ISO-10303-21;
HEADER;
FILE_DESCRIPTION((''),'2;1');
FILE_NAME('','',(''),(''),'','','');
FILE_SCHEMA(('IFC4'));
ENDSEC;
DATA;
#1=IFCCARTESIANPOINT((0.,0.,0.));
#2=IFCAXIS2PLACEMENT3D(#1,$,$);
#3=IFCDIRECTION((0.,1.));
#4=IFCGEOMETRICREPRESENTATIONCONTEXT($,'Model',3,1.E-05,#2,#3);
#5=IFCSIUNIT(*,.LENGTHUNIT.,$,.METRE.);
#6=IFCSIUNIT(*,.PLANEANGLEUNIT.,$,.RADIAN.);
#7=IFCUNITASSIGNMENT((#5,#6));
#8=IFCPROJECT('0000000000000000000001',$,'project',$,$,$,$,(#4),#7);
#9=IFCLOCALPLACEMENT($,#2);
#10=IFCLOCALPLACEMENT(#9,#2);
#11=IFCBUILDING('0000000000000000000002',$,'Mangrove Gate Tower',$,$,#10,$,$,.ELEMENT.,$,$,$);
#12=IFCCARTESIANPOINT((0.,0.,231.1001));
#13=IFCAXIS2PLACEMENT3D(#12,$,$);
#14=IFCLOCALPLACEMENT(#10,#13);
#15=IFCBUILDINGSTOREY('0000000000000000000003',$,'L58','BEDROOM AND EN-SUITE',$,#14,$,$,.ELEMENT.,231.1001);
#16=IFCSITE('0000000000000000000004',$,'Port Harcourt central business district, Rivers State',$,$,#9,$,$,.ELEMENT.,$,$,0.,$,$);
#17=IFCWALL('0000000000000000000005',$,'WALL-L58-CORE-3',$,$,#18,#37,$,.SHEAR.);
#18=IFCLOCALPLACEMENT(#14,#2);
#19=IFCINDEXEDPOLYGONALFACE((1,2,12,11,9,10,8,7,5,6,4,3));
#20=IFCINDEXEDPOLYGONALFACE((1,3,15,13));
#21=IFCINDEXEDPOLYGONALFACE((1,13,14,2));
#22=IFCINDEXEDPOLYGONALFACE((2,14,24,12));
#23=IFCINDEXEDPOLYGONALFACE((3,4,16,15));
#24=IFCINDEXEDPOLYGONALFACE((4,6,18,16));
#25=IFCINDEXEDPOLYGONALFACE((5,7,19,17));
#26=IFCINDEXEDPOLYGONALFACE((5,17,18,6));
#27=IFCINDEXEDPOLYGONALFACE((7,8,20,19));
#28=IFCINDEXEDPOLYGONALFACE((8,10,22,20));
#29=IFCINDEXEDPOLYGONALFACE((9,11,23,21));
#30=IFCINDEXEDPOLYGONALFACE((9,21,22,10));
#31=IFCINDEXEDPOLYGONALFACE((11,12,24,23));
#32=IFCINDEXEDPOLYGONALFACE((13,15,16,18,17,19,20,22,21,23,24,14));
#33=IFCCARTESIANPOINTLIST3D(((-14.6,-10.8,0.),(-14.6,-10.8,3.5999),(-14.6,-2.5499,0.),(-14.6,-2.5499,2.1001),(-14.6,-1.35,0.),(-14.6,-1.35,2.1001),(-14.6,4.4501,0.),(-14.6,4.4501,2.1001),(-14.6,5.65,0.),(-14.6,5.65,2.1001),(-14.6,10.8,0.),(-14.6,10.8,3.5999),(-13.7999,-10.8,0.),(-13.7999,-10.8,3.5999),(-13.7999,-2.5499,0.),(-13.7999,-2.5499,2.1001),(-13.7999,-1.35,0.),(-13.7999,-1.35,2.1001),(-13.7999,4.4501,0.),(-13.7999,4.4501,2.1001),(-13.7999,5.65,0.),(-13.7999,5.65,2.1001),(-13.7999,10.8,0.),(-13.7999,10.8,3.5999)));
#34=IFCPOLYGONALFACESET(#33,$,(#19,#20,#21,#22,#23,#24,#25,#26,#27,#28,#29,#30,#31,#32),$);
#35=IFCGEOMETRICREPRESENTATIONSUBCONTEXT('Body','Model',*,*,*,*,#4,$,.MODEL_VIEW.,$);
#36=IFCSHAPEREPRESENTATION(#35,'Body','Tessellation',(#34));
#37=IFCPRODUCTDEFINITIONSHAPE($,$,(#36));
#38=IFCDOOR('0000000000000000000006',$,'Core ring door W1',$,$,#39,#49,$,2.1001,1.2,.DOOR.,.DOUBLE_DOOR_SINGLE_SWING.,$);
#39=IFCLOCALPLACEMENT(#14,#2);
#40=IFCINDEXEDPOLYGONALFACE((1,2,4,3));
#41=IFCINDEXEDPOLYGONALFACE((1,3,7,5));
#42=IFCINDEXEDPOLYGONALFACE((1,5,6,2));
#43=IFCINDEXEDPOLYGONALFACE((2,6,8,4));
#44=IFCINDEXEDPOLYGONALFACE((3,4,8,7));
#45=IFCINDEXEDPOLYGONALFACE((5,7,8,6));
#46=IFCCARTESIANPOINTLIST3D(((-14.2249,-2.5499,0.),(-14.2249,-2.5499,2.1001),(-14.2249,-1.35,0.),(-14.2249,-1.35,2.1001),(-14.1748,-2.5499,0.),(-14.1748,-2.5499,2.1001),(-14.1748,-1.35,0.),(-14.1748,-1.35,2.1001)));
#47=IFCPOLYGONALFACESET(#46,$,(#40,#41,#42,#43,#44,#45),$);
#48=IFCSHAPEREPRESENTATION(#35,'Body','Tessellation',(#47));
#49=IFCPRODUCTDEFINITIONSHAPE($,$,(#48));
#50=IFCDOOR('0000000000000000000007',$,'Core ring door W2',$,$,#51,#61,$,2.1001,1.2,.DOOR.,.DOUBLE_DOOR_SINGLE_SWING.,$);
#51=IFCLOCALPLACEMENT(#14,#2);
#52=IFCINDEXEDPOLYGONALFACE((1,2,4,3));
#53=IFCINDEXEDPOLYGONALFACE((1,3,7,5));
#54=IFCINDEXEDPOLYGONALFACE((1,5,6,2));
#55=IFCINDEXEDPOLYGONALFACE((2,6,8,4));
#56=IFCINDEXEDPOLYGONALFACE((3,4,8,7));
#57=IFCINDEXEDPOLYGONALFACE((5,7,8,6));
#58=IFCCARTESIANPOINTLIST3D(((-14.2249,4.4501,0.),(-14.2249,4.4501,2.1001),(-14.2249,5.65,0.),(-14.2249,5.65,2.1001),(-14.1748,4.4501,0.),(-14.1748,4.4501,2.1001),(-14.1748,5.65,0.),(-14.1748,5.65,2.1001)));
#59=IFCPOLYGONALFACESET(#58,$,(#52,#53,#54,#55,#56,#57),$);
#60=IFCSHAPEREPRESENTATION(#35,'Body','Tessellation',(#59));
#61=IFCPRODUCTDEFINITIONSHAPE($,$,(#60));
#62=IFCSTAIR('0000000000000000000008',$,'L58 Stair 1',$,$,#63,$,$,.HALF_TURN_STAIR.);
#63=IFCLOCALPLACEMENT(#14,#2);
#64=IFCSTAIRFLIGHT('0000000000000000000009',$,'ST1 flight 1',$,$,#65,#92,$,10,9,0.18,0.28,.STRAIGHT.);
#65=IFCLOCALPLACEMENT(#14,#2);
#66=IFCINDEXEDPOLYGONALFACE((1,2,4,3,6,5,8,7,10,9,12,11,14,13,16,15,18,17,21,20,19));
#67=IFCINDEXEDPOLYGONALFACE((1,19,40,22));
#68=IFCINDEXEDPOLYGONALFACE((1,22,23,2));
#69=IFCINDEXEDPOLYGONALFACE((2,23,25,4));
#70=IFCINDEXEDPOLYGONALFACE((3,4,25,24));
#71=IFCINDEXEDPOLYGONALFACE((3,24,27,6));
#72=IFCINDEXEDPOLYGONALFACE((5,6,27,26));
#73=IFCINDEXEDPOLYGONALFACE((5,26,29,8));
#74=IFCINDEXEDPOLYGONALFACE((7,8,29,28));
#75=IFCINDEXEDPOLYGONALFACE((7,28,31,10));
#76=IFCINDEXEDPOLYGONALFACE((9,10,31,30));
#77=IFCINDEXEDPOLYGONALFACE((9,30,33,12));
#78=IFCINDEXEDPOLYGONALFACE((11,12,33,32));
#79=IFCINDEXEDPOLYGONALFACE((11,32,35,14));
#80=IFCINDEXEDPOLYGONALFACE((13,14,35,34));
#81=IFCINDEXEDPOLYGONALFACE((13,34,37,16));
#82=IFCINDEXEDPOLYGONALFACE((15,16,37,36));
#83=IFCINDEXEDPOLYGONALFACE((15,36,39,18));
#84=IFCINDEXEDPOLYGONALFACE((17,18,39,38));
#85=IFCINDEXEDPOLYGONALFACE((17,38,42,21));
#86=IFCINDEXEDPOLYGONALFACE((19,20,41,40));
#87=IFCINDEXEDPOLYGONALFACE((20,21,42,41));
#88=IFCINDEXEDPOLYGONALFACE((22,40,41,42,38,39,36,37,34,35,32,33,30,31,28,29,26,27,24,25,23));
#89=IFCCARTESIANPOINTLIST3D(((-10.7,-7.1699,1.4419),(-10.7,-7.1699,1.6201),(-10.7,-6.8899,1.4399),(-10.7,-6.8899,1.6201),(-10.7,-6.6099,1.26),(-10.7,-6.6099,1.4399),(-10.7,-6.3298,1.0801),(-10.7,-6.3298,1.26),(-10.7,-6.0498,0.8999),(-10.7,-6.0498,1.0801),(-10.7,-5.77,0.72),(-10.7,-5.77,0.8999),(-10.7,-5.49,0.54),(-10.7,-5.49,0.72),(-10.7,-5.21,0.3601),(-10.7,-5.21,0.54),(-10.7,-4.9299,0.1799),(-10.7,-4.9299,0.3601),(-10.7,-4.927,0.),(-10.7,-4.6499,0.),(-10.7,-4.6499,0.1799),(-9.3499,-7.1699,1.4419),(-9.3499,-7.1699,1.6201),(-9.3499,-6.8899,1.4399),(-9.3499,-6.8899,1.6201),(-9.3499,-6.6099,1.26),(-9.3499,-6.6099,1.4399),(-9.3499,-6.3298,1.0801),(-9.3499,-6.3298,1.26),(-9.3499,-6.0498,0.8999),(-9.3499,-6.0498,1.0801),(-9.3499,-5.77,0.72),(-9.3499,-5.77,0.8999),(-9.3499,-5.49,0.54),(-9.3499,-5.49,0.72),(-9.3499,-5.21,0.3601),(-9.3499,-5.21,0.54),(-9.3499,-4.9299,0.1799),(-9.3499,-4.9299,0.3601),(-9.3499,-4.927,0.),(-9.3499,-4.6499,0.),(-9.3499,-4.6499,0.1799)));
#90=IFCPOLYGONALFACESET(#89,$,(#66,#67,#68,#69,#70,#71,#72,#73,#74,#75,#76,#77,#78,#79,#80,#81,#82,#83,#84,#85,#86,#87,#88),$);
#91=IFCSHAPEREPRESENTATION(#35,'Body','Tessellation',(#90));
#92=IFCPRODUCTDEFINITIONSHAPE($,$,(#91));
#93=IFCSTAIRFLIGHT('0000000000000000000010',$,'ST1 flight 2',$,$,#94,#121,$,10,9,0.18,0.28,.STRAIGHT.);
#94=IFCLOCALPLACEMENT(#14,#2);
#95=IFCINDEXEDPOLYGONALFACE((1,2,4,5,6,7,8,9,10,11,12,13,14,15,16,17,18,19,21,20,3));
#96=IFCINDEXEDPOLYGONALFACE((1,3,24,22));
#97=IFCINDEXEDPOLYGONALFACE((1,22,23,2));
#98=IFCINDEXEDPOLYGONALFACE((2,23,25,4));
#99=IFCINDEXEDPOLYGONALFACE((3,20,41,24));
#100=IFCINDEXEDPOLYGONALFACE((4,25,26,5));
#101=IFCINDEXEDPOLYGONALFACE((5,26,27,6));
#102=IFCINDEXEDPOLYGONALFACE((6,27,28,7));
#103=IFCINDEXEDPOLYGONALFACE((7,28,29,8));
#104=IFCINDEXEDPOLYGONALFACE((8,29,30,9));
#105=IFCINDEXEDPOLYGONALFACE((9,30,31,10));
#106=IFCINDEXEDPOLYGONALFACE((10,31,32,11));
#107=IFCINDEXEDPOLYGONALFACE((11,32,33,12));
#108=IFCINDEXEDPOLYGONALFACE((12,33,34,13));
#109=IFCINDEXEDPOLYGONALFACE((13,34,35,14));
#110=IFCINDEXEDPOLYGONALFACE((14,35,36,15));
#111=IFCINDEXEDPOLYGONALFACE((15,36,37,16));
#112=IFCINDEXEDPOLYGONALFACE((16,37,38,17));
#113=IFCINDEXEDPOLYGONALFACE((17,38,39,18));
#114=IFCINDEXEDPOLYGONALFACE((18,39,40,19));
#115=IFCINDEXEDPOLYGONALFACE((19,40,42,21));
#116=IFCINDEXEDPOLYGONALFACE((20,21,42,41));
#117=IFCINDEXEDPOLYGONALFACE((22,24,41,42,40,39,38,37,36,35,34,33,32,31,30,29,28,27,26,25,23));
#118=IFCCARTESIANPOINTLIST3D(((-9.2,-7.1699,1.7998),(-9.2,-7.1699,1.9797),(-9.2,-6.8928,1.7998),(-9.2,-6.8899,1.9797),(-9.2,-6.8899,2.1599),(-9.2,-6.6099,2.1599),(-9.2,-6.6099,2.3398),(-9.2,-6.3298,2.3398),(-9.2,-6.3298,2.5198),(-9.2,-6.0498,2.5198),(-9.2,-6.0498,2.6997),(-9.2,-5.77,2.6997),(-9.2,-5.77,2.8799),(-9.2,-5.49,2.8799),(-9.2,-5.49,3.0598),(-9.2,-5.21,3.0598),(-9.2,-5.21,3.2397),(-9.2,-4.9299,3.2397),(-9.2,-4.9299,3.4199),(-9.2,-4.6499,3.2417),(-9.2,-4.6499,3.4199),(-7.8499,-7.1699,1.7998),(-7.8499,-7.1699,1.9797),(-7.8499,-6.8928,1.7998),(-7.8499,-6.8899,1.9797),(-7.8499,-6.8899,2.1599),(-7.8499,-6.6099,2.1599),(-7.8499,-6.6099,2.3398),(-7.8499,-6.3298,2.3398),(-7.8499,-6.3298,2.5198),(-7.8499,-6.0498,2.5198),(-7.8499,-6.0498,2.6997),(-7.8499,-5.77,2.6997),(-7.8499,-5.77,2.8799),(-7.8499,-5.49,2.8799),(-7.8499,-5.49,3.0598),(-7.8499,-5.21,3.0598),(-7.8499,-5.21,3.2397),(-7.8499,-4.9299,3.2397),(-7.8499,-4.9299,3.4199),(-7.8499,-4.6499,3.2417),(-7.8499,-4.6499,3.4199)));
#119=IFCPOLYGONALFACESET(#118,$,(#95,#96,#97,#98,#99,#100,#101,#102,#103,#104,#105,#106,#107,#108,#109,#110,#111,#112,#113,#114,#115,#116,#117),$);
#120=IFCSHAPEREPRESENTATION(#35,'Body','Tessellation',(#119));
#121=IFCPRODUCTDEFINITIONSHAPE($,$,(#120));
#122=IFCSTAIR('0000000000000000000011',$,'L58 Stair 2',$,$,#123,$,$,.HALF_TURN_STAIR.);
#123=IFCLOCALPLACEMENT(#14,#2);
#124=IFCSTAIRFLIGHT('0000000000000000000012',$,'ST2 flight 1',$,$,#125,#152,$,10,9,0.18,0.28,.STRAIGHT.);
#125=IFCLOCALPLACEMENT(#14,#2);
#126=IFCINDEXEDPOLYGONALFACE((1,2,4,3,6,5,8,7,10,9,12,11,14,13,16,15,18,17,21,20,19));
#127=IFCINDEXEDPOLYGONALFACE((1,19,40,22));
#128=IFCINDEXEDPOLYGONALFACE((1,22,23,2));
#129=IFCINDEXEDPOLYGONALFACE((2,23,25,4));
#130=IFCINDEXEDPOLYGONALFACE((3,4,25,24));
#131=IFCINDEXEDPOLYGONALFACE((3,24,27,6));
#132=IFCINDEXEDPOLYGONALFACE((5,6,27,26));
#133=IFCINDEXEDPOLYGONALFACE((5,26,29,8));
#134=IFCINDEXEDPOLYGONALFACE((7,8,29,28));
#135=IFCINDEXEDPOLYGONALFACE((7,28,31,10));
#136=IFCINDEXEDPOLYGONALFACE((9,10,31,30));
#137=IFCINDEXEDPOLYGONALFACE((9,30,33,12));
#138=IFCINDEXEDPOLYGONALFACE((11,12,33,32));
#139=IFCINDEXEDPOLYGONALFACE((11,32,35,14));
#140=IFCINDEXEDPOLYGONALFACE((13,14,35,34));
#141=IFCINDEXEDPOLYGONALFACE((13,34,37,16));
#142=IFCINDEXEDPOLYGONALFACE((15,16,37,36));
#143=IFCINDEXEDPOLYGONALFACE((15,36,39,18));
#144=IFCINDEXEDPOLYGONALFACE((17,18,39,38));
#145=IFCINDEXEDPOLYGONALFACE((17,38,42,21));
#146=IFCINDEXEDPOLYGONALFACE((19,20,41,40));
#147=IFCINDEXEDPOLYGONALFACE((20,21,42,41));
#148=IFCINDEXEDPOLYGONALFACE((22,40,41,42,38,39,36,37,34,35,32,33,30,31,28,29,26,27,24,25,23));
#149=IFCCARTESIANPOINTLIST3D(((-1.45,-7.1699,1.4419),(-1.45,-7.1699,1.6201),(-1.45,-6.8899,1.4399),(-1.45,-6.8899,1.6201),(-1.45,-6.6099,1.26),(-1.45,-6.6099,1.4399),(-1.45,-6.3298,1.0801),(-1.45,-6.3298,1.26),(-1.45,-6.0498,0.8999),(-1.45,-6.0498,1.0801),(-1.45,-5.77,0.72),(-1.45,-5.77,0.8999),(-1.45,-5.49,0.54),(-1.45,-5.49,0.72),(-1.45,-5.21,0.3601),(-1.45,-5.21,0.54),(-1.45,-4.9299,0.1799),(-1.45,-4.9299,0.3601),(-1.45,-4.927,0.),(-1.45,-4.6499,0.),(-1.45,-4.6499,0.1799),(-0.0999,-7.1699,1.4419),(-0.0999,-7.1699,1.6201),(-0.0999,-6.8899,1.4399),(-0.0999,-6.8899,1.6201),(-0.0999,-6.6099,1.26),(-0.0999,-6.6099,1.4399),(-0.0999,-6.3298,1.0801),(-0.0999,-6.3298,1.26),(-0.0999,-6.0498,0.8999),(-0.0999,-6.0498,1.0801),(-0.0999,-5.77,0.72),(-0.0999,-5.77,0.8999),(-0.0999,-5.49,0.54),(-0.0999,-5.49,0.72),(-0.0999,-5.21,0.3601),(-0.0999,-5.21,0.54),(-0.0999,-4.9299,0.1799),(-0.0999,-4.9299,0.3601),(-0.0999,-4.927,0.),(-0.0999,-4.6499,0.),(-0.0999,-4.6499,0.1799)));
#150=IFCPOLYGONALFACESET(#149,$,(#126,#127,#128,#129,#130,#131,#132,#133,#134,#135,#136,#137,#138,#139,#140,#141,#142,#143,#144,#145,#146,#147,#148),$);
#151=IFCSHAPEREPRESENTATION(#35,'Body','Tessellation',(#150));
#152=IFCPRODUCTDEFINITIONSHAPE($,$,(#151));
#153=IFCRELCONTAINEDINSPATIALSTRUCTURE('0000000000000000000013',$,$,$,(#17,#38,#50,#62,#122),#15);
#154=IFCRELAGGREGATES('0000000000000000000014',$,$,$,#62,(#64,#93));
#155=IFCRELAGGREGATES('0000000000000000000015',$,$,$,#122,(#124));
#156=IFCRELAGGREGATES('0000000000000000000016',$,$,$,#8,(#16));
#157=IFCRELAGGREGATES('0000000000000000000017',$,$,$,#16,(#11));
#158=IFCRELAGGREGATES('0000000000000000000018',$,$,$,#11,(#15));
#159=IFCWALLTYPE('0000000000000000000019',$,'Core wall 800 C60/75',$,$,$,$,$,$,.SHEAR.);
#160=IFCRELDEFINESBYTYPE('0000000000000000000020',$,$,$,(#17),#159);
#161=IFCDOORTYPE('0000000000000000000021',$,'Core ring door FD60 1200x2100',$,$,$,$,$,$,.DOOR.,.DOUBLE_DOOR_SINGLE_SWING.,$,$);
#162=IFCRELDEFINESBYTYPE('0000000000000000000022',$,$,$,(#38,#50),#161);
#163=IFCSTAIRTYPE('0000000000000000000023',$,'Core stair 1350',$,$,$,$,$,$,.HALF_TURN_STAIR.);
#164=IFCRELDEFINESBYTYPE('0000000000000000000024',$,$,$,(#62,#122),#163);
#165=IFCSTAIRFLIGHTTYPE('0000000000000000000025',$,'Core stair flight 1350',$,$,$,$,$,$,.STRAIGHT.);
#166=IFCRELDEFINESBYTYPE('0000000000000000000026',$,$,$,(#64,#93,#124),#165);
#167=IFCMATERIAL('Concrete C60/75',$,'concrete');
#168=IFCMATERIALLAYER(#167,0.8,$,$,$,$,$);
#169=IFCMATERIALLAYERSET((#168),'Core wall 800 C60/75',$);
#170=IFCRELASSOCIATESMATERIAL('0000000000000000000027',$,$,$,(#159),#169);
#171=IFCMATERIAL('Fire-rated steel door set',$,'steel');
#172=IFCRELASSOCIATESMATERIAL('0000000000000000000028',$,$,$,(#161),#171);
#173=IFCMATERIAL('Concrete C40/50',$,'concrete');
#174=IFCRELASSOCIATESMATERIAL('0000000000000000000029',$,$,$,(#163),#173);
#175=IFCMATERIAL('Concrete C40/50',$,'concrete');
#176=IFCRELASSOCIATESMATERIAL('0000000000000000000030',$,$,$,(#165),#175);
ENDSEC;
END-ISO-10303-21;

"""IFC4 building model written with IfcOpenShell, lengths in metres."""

from ifc_helpers import new_model, si_unit, direction, frame, frame_2d, origin, place, context, subcontext, project, spatial, polyline, rectangle, outline, extrude, material, layer, layer_set, type_object, element, fill, aggregate, save


model = new_model("IFC4")

# Units and contexts
model_context = context("Model", 3, precision=1e-05, world=origin(), true_north=direction((0.0, 1.0)))
body_context = subcontext(model_context, "Body", "Model", "MODEL_VIEW")
ifc_project = project(units=[si_unit("LENGTHUNIT", "METRE"), si_unit("PLANEANGLEUNIT", "RADIAN")], contexts=[model_context])

# Site, building, storey
site_placement = place(None, origin())
site = spatial("IfcSite", under=ifc_project, at=site_placement, Name="Port Harcourt central business district, Rivers State", CompositionType="ELEMENT", RefElevation=0.0)
building_placement = place(site_placement, origin())
building = spatial("IfcBuilding", under=site, at=building_placement, Name="Mangrove Gate Tower", CompositionType="ELEMENT")
storey_placement = place(building_placement, frame((0.0, 0.0, 231.1001)))
storey = spatial("IfcBuildingStorey", under=building, at=storey_placement, Name="L58", Description="BEDROOM AND EN-SUITE", CompositionType="ELEMENT", Elevation=231.1001)

# Shared definitions
ifc_material_1 = material(Name="Concrete C60/75", Category="concrete")
ifc_layer_1 = layer(ifc_material_1, 0.8)
ifc_layer_set_1 = layer_set([ifc_layer_1], Name="Core wall 800 C60/75")
wall_type_1 = type_object("IfcWallType", Name="Core wall 800 C60/75", PredefinedType="SHEAR", material=ifc_layer_set_1)

# Wall, openings, doors
wall_1_placement = place(storey_placement, frame((-14.2, -10.8, 0.0), z_axis=(0.0, 0.0, 1.0), x_axis=(0.0, 1.0, 0.0)))
wall_1 = element("IfcWall", 1, at=wall_1_placement, inside=storey, type_object=wall_type_1, Name="WALL-L58-CORE-3", PredefinedType="SHEAR", context=body_context, shape_type="SweptSolid", body=[
    extrude(rectangle(XDim=21.6001, YDim=0.8, at=frame_2d((10.8, 0.0))), origin(), (0.0, 0.0, 1.0), 3.5999),
])
opening_1_placement = place(wall_1_placement, frame((8.25, 0.0, 0.0)))
opening_1 = element("IfcOpeningElement", 2, at=opening_1_placement, cuts=wall_1, PredefinedType="OPENING", context=body_context, shape_type="SweptSolid", body=[
    extrude(rectangle(XDim=1.2, YDim=2.1001, at=frame_2d((0.6001, 1.05))), frame((0.0, 0.4099, 0.0), z_axis=(0.0, -1.0, 0.0), x_axis=(1.0, 0.0, 0.0)), (0.0, 0.0, 1.0), 0.8201),
])
opening_2_placement = place(wall_1_placement, frame((15.25, 0.0, 0.0)))
opening_2 = element("IfcOpeningElement", 3, at=opening_2_placement, cuts=wall_1, PredefinedType="OPENING", context=body_context, shape_type="SweptSolid", body=[
    extrude(rectangle(XDim=1.2, YDim=2.1001, at=frame_2d((0.6001, 1.05))), frame((0.0, 0.4099, 0.0), z_axis=(0.0, -1.0, 0.0), x_axis=(1.0, 0.0, 0.0)), (0.0, 0.0, 1.0), 0.8201),
])
ifc_material_2 = material(Name="Fire-rated steel door set", Category="steel")
door_type_1 = type_object("IfcDoorType", Name="Core ring door FD60 1200x2100", OperationType="DOUBLE_DOOR_SINGLE_SWING", PredefinedType="DOOR", material=ifc_material_2)
door_1_placement = place(opening_1_placement, origin())
door_1 = element("IfcDoor", 4, at=door_1_placement, inside=storey, type_object=door_type_1, Name="Core ring door W1", OperationType="DOUBLE_DOOR_SINGLE_SWING", OverallHeight=2.1001, OverallWidth=1.2, PredefinedType="DOOR", context=body_context, shape_type="SweptSolid", body=[
    extrude(rectangle(XDim=1.2, YDim=2.1001, at=frame_2d((0.6001, 1.05))), frame((0.0, 0.0249, 0.0), z_axis=(0.0, -1.0, 0.0), x_axis=(1.0, 0.0, 0.0)), (0.0, 0.0, 1.0), 0.05),
])
fill(opening_1, door_1)
door_2_placement = place(opening_2_placement, origin())
door_2 = element("IfcDoor", 5, at=door_2_placement, inside=storey, type_object=door_type_1, Name="Core ring door W2", OperationType="DOUBLE_DOOR_SINGLE_SWING", OverallHeight=2.1001, OverallWidth=1.2, PredefinedType="DOOR", context=body_context, shape_type="SweptSolid", body=[
    extrude(rectangle(XDim=1.2, YDim=2.1001, at=frame_2d((0.6001, 1.05))), frame((0.0, 0.0249, 0.0), z_axis=(0.0, -1.0, 0.0), x_axis=(1.0, 0.0, 0.0)), (0.0, 0.0, 1.0), 0.05),
])
fill(opening_2, door_2)

# Stair, stair flights
ifc_material_3 = material(Name="Concrete C40/50", Category="concrete")
stair_type = type_object("IfcStairType", Name="Core stair 1350", PredefinedType="HALF_TURN_STAIR", material=ifc_material_3)
stair_1_placement = place(storey_placement, origin())
stair_1 = element("IfcStair", 6, at=stair_1_placement, inside=storey, type_object=stair_type, Name="L58 Stair 1", PredefinedType="HALF_TURN_STAIR")
ifc_material_4 = material(Name="Concrete C40/50", Category="concrete")
stair_flight_type = type_object("IfcStairFlightType", Name="Core stair flight 1350", PredefinedType="STRAIGHT", material=ifc_material_4)
stair_flight_1_placement = place(storey_placement, frame((-10.0249, -4.6499, 0.0), z_axis=(0.0, 0.0, 1.0), x_axis=(0.0, -1.0, 0.0)))
stair_flight_1 = element("IfcStairFlight", 7, at=stair_flight_1_placement, type_object=stair_flight_type, Name="ST1 flight 1", NumberOfRisers=10, NumberOfTreads=9, PredefinedType="STRAIGHT", RiserHeight=0.18, TreadLength=0.28, context=body_context, shape_type="SweptSolid", body=[
    extrude(outline(polyline([(0.0, 0.0), (0.0, 0.1799), (0.28, 0.1799), (0.28, 0.3601), (0.5601, 0.3601), (0.5601, 0.54), (0.8401, 0.54), (0.8401, 0.72), (1.1201, 0.72), (1.1201, 0.8999), (1.3999, 0.8999), (1.3999, 1.0801), (1.6799, 1.0801), (1.6799, 1.26), (1.96, 1.26), (1.96, 1.4399), (2.24, 1.4399), (2.24, 1.6201), (2.52, 1.6201), (2.52, 1.8), (2.52, 1.4419), (0.2771, 0.0), (0.0, 0.0)])), frame((0.0, 0.675, 0.0), z_axis=(0.0, -1.0, 0.0), x_axis=(1.0, 0.0, 0.0)), (0.0, 0.0, 1.0), 1.3501),
])
stair_flight_2_placement = place(storey_placement, frame((-8.5249, -7.1699, 1.7998), z_axis=(0.0, 0.0, 1.0), x_axis=(0.0, 1.0, 0.0)))
stair_flight_2 = element("IfcStairFlight", 8, at=stair_flight_2_placement, type_object=stair_flight_type, Name="ST1 flight 2", NumberOfRisers=10, NumberOfTreads=9, PredefinedType="STRAIGHT", RiserHeight=0.18, TreadLength=0.28, context=body_context, shape_type="SweptSolid", body=[
    extrude(outline(polyline([(0.0, 0.0), (0.0, 0.1799), (0.28, 0.1799), (0.28, 0.3601), (0.5601, 0.3601), (0.5601, 0.54), (0.8401, 0.54), (0.8401, 0.72), (1.1201, 0.72), (1.1201, 0.8999), (1.3999, 0.8999), (1.3999, 1.0801), (1.6799, 1.0801), (1.6799, 1.26), (1.96, 1.26), (1.96, 1.4399), (2.24, 1.4399), (2.24, 1.6201), (2.52, 1.6201), (2.52, 1.8), (2.52, 1.4419), (0.2771, 0.0), (0.0, 0.0)])), frame((0.0, 0.675, 0.0), z_axis=(0.0, -1.0, 0.0), x_axis=(1.0, 0.0, 0.0)), (0.0, 0.0, 1.0), 1.3501),
])
aggregate(stair_1, [stair_flight_1, stair_flight_2])

# Stair, stair flight
stair_2_placement = place(storey_placement, origin())
stair_2 = element("IfcStair", 9, at=stair_2_placement, inside=storey, type_object=stair_type, Name="L58 Stair 2", PredefinedType="HALF_TURN_STAIR")
stair_flight_3_placement = place(storey_placement, frame((-0.7749, -4.6499, 0.0), z_axis=(0.0, 0.0, 1.0), x_axis=(0.0, -1.0, 0.0)))
stair_flight_3 = element("IfcStairFlight", 10, at=stair_flight_3_placement, type_object=stair_flight_type, Name="ST2 flight 1", NumberOfRisers=10, NumberOfTreads=9, PredefinedType="STRAIGHT", RiserHeight=0.18, TreadLength=0.28, context=body_context, shape_type="SweptSolid", body=[
    extrude(outline(polyline([(0.0, 0.0), (0.0, 0.1799), (0.28, 0.1799), (0.28, 0.3601), (0.5601, 0.3601), (0.5601, 0.54), (0.8401, 0.54), (0.8401, 0.72), (1.1201, 0.72), (1.1201, 0.8999), (1.3999, 0.8999), (1.3999, 1.0801), (1.6799, 1.0801), (1.6799, 1.26), (1.96, 1.26), (1.96, 1.4399), (2.24, 1.4399), (2.24, 1.6201), (2.52, 1.6201), (2.52, 1.8), (2.52, 1.4419), (0.2771, 0.0), (0.0, 0.0)])), frame((0.0, 0.675, 0.0), z_axis=(0.0, -1.0, 0.0), x_axis=(1.0, 0.0, 0.0)), (0.0, 0.0, 1.0), 1.3501),
])
aggregate(stair_2, [stair_flight_3])

save(model, "model.ifc")
